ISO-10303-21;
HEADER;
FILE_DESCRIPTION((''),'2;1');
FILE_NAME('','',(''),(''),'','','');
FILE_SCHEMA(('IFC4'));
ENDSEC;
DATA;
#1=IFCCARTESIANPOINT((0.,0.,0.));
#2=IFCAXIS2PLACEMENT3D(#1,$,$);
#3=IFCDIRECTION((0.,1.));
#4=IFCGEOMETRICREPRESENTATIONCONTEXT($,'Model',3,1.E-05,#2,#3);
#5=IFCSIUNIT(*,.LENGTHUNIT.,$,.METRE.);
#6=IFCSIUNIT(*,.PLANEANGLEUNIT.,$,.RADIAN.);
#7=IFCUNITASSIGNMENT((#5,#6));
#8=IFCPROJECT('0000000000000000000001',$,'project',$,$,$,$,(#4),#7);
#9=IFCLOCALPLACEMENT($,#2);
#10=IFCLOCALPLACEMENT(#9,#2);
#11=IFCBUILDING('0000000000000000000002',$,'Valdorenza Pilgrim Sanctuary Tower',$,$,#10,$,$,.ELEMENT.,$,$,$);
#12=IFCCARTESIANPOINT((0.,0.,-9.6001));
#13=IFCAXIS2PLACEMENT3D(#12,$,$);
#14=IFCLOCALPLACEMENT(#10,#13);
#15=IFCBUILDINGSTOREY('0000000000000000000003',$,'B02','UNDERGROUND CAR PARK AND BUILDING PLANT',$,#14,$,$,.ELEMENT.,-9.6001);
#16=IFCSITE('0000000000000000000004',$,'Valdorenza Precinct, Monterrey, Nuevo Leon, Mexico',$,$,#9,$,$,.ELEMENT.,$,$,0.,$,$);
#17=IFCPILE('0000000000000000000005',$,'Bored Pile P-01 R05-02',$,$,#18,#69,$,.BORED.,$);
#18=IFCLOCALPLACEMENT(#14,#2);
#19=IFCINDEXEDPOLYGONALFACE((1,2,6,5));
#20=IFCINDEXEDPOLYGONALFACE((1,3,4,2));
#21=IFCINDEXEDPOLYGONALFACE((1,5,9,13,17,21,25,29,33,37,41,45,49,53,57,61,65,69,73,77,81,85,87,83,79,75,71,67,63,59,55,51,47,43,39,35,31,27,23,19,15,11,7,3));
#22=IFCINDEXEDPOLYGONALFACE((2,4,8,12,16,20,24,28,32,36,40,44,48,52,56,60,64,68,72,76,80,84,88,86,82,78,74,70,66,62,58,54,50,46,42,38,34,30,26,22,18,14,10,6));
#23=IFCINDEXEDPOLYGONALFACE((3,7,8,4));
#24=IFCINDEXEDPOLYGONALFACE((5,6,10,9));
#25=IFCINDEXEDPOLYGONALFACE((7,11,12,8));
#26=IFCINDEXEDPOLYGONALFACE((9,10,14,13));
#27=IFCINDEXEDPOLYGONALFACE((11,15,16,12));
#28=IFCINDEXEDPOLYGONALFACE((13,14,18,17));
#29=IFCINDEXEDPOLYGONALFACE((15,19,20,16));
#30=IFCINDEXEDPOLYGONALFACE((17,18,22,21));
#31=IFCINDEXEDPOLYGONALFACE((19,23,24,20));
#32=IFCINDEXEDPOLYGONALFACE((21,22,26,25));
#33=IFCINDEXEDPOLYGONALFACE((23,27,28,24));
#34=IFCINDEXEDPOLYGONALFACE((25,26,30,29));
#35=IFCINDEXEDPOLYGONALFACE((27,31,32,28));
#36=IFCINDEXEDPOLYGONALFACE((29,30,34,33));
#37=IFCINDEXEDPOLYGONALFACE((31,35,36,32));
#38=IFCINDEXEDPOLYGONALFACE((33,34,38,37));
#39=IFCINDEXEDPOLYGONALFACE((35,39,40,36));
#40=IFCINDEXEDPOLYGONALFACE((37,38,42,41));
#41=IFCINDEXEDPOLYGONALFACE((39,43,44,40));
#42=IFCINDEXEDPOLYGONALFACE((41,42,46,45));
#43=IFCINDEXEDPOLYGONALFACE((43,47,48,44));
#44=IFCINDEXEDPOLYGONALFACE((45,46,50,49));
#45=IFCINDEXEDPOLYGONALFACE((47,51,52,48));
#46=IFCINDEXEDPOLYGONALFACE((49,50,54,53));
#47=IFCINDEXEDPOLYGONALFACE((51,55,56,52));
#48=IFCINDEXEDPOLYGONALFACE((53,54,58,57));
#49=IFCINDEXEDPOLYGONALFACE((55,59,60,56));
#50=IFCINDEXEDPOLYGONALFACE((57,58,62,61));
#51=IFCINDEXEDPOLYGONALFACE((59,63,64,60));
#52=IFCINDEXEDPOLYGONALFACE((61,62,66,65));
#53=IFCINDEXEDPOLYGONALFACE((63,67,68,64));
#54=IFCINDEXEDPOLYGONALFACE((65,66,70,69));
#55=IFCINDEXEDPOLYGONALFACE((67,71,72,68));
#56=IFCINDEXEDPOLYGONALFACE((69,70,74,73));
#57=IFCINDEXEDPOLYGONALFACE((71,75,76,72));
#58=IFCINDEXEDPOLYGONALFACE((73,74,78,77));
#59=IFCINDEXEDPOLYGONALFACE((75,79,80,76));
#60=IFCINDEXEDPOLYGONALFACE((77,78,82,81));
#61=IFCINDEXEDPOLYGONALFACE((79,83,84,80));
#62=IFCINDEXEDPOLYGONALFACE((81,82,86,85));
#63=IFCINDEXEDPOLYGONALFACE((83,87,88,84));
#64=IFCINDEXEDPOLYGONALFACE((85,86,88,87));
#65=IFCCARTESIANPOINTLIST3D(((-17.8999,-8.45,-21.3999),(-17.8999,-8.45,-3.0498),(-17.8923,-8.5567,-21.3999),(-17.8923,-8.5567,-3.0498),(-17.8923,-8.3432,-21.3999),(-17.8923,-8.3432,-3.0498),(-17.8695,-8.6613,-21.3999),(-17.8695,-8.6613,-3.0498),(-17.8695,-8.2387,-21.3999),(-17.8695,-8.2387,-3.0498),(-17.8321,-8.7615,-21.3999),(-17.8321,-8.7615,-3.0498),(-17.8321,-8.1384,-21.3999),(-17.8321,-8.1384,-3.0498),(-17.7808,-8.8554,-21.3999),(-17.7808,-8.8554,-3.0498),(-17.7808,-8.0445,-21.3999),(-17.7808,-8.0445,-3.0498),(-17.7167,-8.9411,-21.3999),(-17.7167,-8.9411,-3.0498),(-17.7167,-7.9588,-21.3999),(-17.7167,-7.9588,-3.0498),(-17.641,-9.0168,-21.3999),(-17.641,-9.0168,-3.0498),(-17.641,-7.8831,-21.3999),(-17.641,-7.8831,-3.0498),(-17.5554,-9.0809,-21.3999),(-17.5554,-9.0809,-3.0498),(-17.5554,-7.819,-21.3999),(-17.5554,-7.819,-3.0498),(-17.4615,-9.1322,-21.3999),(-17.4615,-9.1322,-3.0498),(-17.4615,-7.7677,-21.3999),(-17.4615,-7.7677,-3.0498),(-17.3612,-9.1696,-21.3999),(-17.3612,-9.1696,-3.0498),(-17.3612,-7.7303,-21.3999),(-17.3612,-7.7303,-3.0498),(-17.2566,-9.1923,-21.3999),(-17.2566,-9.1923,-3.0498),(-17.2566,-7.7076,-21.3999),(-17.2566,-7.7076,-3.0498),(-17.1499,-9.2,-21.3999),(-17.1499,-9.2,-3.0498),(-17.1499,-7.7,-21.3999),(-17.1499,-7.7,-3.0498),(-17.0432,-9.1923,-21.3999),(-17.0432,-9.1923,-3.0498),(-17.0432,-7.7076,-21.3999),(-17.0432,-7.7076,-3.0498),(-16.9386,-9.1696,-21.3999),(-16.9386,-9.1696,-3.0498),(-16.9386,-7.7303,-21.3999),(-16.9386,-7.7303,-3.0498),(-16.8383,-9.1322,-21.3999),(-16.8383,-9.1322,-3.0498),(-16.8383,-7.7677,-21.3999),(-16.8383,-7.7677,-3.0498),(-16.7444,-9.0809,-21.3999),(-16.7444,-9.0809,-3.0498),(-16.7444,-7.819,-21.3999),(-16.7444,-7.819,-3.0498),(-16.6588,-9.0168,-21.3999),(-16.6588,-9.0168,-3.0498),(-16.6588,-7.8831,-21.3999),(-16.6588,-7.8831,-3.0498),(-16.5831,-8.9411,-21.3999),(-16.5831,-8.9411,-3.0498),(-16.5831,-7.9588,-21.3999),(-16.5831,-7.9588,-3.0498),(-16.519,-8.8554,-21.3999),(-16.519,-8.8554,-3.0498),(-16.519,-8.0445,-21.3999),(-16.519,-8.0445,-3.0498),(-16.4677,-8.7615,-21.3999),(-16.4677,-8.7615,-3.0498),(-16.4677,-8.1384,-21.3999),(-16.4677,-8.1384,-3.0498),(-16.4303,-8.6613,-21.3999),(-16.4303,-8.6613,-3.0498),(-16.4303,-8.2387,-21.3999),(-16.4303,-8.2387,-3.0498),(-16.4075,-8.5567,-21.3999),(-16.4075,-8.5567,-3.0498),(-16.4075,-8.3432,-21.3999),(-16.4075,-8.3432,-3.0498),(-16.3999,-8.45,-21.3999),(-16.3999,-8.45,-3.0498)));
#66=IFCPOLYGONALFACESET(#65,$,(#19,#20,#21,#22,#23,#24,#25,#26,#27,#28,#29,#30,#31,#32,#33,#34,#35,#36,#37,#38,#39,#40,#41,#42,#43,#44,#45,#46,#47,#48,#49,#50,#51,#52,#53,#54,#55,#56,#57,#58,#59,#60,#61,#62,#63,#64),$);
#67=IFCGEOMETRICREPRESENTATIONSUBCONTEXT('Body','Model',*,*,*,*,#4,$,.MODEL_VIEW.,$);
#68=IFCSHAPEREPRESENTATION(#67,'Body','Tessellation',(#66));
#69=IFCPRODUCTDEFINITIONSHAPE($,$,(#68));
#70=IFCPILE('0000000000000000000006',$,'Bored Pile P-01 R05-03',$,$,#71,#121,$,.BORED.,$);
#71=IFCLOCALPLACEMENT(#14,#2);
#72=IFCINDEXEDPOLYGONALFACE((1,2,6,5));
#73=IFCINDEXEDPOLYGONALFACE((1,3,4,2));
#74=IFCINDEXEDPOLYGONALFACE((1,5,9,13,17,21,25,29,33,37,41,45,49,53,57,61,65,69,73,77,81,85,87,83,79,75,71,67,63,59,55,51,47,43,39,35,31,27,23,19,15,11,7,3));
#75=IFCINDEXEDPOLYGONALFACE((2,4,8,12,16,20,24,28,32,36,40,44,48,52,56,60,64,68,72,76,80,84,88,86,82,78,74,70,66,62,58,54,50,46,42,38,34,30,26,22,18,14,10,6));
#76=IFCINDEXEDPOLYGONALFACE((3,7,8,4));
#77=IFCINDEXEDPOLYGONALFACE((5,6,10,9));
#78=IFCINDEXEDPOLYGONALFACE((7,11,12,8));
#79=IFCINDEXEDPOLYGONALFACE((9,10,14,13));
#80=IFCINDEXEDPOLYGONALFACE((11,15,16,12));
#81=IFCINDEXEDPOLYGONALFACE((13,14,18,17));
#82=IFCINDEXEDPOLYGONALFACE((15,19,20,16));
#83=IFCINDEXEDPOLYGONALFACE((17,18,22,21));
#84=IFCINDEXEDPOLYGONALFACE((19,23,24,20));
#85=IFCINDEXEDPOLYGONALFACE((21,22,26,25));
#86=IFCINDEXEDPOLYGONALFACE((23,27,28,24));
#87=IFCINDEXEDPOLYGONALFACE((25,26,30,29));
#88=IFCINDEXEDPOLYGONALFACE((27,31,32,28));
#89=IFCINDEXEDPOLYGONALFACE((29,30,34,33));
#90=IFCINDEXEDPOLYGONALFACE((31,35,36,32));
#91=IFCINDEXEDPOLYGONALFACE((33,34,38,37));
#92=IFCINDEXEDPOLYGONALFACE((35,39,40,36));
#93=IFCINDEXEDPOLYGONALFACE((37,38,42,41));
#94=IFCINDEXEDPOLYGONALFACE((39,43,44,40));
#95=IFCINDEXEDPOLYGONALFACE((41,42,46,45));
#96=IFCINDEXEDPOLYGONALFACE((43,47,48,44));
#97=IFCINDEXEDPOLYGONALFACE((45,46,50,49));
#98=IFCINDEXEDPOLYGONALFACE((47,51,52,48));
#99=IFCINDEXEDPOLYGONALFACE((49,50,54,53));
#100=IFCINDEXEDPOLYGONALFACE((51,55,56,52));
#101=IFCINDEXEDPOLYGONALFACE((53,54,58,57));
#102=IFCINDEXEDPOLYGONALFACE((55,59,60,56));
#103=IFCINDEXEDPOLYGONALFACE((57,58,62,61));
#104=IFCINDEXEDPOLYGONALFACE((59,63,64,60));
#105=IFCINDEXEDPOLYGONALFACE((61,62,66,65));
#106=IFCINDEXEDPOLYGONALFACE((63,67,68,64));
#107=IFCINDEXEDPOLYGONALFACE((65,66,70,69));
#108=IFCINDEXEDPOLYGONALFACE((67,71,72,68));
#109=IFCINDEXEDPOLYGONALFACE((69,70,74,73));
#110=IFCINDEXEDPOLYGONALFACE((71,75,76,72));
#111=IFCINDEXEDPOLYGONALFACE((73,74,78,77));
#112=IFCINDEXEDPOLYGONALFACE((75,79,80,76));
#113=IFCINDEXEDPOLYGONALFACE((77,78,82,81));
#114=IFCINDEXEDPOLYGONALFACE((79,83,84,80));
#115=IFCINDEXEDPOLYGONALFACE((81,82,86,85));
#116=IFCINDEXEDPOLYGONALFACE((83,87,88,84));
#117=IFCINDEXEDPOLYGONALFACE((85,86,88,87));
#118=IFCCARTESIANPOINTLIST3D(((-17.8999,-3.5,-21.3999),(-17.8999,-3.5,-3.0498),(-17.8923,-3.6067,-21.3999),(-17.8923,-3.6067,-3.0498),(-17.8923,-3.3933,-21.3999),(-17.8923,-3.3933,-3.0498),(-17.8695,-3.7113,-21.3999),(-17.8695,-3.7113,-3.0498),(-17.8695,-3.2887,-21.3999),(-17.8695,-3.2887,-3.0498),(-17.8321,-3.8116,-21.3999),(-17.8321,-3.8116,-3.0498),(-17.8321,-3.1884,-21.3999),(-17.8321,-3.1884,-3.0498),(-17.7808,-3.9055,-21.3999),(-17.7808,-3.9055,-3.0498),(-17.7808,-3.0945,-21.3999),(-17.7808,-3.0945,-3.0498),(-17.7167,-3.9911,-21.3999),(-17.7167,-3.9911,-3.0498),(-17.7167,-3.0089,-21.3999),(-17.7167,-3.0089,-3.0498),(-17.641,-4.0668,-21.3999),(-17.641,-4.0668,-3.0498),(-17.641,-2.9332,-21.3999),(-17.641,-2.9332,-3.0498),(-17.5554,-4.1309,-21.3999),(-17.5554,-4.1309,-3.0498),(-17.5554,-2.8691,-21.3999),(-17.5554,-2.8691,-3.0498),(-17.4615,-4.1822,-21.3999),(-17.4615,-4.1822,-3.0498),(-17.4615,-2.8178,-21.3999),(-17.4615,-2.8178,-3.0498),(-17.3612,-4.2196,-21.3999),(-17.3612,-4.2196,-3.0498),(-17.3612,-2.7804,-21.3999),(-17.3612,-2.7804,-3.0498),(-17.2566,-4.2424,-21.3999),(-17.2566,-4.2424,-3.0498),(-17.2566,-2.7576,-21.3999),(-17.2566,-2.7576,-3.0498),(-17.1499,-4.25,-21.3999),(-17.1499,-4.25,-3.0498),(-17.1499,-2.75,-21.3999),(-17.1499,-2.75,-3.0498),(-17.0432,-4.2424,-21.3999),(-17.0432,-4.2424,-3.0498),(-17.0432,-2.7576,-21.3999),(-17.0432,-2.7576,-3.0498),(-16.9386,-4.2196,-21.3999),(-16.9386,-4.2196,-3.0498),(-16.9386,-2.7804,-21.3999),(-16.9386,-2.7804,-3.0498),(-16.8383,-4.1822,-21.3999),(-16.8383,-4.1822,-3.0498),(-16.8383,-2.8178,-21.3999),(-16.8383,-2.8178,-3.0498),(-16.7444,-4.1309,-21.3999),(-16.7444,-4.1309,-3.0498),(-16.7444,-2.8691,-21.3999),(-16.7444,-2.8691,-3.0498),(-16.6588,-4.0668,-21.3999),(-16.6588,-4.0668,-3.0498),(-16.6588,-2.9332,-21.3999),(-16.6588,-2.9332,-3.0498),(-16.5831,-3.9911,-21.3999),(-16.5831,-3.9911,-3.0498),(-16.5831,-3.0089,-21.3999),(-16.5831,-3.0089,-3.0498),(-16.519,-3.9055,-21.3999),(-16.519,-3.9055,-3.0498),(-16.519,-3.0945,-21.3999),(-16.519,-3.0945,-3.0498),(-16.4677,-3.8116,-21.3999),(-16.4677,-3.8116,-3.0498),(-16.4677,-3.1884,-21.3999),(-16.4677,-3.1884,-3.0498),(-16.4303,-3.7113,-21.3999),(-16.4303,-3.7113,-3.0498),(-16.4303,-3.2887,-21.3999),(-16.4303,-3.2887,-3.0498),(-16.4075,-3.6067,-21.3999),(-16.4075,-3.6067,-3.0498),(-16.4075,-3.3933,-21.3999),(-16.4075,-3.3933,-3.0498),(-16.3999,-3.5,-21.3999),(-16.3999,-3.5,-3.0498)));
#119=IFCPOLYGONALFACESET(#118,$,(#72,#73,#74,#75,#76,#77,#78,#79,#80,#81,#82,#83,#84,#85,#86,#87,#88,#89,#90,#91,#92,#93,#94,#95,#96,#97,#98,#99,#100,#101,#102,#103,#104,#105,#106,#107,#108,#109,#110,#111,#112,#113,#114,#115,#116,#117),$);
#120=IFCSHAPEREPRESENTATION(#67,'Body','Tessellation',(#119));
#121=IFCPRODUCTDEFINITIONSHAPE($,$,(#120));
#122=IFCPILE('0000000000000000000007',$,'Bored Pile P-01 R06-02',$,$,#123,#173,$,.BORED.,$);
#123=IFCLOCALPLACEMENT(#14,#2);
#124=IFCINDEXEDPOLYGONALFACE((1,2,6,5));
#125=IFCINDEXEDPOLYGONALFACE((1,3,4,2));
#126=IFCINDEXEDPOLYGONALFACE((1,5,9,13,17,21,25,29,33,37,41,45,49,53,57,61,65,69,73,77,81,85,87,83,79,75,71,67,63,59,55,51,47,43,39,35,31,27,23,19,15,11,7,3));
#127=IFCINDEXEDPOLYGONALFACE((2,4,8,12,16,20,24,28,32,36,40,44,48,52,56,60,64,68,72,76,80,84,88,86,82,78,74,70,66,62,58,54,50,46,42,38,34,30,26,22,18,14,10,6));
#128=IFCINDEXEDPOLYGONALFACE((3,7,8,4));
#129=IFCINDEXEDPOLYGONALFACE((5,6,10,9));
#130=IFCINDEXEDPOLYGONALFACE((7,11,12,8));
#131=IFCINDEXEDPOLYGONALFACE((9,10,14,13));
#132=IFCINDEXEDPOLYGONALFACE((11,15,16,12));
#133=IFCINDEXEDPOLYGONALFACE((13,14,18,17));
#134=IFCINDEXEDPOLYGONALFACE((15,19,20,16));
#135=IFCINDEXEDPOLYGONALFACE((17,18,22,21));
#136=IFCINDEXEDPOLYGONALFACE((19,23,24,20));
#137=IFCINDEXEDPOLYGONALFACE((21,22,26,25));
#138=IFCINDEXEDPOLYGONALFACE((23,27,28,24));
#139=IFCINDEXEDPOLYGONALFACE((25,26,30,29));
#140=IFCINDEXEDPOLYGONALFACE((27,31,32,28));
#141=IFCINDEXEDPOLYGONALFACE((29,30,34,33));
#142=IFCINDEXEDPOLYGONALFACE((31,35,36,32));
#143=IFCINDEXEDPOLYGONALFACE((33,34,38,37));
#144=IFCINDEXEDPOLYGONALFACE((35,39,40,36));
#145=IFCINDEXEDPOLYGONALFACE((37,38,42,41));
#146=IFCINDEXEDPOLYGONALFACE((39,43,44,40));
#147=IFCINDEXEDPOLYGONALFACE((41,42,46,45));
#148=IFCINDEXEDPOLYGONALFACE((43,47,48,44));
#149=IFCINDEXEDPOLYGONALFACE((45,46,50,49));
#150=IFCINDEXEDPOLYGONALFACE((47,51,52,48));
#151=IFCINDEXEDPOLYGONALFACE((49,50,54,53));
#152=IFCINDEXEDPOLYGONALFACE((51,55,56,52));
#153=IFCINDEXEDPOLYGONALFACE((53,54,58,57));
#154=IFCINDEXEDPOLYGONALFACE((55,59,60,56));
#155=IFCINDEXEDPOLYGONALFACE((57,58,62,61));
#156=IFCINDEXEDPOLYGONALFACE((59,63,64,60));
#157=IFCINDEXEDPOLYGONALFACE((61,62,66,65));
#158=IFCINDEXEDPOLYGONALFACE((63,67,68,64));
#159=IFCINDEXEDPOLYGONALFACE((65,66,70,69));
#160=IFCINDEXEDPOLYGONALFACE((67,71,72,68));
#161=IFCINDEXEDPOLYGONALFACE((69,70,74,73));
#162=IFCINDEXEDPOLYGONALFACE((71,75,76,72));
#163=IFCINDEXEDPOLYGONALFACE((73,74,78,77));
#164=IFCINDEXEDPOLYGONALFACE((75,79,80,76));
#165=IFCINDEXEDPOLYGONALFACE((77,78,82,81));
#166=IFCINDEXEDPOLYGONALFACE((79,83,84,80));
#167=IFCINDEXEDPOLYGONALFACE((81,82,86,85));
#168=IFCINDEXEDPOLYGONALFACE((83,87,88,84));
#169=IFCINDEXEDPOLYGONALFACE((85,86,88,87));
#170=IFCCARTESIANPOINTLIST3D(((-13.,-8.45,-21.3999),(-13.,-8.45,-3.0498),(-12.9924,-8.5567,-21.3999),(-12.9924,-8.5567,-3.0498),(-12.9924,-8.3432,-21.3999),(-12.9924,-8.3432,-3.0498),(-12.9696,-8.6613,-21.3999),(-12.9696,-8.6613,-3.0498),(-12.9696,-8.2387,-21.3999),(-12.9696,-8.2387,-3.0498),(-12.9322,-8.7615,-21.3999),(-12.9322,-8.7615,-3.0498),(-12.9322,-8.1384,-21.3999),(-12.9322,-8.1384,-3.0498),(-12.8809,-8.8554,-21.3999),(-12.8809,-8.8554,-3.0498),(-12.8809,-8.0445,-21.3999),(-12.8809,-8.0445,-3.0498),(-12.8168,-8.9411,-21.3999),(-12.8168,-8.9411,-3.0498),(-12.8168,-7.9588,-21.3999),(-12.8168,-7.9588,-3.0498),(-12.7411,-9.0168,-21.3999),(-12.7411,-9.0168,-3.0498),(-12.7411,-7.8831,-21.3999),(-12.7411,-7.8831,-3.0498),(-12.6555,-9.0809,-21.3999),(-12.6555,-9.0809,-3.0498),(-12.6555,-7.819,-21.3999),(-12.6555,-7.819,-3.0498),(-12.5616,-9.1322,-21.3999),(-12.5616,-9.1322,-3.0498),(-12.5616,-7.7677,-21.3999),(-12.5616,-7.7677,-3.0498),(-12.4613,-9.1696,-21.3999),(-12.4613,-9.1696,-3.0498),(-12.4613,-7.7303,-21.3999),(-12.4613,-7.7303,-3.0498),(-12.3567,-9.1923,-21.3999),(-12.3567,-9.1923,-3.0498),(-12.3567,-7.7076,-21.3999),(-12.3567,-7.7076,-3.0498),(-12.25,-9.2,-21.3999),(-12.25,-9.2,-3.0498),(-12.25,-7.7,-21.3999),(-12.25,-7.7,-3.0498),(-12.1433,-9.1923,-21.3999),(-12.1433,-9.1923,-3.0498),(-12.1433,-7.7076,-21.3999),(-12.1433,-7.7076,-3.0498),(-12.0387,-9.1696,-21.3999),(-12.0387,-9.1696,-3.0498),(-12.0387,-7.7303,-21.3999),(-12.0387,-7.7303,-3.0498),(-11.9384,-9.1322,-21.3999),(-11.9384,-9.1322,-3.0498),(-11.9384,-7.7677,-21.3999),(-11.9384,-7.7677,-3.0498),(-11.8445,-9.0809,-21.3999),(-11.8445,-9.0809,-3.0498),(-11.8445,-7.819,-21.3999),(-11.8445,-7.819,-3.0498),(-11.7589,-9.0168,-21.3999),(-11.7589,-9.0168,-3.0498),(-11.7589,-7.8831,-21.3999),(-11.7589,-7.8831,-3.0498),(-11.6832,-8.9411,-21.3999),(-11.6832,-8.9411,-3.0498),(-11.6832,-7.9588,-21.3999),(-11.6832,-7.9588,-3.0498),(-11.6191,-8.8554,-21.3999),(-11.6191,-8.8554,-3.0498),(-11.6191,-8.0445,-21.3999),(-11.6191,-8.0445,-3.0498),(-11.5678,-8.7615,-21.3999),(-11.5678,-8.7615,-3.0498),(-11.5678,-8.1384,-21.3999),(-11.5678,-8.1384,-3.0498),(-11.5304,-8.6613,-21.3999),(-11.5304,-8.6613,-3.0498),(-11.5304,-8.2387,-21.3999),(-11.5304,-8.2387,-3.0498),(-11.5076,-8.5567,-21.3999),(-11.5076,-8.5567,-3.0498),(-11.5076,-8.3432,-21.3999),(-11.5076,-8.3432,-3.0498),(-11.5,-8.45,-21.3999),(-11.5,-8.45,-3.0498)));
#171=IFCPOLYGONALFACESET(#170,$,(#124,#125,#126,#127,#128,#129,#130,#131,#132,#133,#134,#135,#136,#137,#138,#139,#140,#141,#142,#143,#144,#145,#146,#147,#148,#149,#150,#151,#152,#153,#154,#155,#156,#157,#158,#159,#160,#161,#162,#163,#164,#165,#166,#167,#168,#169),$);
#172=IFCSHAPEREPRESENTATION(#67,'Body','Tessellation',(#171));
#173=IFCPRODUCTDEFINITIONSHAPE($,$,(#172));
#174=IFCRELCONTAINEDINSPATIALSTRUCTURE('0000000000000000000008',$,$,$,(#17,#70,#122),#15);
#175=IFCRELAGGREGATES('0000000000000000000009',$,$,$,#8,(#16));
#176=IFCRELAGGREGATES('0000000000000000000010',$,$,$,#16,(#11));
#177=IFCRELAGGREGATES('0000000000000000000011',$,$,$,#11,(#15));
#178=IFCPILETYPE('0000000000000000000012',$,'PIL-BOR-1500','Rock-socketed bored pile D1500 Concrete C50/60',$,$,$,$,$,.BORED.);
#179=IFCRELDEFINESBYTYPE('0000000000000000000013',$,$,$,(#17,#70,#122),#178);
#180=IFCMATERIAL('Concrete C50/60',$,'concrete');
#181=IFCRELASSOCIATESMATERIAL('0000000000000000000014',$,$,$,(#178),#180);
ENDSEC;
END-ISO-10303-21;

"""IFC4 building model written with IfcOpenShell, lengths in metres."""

from ifc_helpers import new_model, si_unit, direction, frame, origin, origin_2d, place, context, subcontext, project, spatial, circle, extrude, source, transform, mapped, material, material_profile, profile_set, type_object, element, save


model = new_model("IFC4")

# Units and contexts
model_context = context("Model", 3, precision=1e-05, world=origin(), true_north=direction((0.0, 1.0)))
body_context = subcontext(model_context, "Body", "Model", "MODEL_VIEW")
ifc_project = project(units=[si_unit("LENGTHUNIT", "METRE"), si_unit("PLANEANGLEUNIT", "RADIAN")], contexts=[model_context])

# Site, building, storey
site_placement = place(None, origin())
site = spatial("IfcSite", under=ifc_project, at=site_placement, Name="Valdorenza Precinct, Monterrey, Nuevo Leon, Mexico", CompositionType="ELEMENT", RefElevation=0.0)
building_placement = place(site_placement, origin())
building = spatial("IfcBuilding", under=site, at=building_placement, Name="Valdorenza Pilgrim Sanctuary Tower", CompositionType="ELEMENT")
storey_placement = place(building_placement, frame((0.0, 0.0, -9.6001)))
storey = spatial("IfcBuildingStorey", under=building, at=storey_placement, Name="B02", Description="UNDERGROUND CAR PARK AND BUILDING PLANT", CompositionType="ELEMENT", Elevation=-9.6001)

# Piles
ifc_material_1 = material(Name="Concrete C50/60", Category="concrete")
ifc_material_profile_1 = material_profile(ifc_material_1, circle(Radius=0.75, at=origin_2d()), Name="BORED PILE 1500")
ifc_profile_set_1 = profile_set([ifc_material_profile_1], Name="Concrete C50/60")
pile_type = type_object("IfcPileType", Name="PIL-BOR-1500", Description="Rock-socketed bored pile D1500 Concrete C50/60", PredefinedType="BORED", material=ifc_profile_set_1)
shared_shape_1 = source(origin(), body_context, "Body", "SweptSolid", [
    extrude(circle(Radius=0.75, at=origin_2d()), origin(), (0.0, 0.0, 1.0), 18.3501),
])
for number, where, z_axis, x_axis, name in (
    (1, (-17.1499, -8.45, -3.0498), (0.0, 0.0, -1.0), (1.0, 0.0, 0.0), "Bored Pile P-01 R05-02"),
    (2, (-17.1499, -3.5, -3.0498), (0.0, 0.0, -1.0), (1.0, 0.0, 0.0), "Bored Pile P-01 R05-03"),
    (3, (-12.25, -8.45, -3.0498), (0.0, 0.0, -1.0), (1.0, 0.0, 0.0), "Bored Pile P-01 R06-02"),
):
    element("IfcPile", number, at=place(storey_placement, frame(where, z_axis=z_axis, x_axis=x_axis)), inside=storey, type_object=pile_type, Name=name, PredefinedType="BORED", context=body_context, shape_type="MappedRepresentation", body=[
        mapped(shared_shape_1, transform((0.0, 0.0, 0.0), x_axis=(1.0, 0.0, 0.0), y_axis=(0.0, 1.0, 0.0), z_axis=(0.0, 0.0, 1.0), scale=1.0)),
    ])

save(model, "model.ifc")
